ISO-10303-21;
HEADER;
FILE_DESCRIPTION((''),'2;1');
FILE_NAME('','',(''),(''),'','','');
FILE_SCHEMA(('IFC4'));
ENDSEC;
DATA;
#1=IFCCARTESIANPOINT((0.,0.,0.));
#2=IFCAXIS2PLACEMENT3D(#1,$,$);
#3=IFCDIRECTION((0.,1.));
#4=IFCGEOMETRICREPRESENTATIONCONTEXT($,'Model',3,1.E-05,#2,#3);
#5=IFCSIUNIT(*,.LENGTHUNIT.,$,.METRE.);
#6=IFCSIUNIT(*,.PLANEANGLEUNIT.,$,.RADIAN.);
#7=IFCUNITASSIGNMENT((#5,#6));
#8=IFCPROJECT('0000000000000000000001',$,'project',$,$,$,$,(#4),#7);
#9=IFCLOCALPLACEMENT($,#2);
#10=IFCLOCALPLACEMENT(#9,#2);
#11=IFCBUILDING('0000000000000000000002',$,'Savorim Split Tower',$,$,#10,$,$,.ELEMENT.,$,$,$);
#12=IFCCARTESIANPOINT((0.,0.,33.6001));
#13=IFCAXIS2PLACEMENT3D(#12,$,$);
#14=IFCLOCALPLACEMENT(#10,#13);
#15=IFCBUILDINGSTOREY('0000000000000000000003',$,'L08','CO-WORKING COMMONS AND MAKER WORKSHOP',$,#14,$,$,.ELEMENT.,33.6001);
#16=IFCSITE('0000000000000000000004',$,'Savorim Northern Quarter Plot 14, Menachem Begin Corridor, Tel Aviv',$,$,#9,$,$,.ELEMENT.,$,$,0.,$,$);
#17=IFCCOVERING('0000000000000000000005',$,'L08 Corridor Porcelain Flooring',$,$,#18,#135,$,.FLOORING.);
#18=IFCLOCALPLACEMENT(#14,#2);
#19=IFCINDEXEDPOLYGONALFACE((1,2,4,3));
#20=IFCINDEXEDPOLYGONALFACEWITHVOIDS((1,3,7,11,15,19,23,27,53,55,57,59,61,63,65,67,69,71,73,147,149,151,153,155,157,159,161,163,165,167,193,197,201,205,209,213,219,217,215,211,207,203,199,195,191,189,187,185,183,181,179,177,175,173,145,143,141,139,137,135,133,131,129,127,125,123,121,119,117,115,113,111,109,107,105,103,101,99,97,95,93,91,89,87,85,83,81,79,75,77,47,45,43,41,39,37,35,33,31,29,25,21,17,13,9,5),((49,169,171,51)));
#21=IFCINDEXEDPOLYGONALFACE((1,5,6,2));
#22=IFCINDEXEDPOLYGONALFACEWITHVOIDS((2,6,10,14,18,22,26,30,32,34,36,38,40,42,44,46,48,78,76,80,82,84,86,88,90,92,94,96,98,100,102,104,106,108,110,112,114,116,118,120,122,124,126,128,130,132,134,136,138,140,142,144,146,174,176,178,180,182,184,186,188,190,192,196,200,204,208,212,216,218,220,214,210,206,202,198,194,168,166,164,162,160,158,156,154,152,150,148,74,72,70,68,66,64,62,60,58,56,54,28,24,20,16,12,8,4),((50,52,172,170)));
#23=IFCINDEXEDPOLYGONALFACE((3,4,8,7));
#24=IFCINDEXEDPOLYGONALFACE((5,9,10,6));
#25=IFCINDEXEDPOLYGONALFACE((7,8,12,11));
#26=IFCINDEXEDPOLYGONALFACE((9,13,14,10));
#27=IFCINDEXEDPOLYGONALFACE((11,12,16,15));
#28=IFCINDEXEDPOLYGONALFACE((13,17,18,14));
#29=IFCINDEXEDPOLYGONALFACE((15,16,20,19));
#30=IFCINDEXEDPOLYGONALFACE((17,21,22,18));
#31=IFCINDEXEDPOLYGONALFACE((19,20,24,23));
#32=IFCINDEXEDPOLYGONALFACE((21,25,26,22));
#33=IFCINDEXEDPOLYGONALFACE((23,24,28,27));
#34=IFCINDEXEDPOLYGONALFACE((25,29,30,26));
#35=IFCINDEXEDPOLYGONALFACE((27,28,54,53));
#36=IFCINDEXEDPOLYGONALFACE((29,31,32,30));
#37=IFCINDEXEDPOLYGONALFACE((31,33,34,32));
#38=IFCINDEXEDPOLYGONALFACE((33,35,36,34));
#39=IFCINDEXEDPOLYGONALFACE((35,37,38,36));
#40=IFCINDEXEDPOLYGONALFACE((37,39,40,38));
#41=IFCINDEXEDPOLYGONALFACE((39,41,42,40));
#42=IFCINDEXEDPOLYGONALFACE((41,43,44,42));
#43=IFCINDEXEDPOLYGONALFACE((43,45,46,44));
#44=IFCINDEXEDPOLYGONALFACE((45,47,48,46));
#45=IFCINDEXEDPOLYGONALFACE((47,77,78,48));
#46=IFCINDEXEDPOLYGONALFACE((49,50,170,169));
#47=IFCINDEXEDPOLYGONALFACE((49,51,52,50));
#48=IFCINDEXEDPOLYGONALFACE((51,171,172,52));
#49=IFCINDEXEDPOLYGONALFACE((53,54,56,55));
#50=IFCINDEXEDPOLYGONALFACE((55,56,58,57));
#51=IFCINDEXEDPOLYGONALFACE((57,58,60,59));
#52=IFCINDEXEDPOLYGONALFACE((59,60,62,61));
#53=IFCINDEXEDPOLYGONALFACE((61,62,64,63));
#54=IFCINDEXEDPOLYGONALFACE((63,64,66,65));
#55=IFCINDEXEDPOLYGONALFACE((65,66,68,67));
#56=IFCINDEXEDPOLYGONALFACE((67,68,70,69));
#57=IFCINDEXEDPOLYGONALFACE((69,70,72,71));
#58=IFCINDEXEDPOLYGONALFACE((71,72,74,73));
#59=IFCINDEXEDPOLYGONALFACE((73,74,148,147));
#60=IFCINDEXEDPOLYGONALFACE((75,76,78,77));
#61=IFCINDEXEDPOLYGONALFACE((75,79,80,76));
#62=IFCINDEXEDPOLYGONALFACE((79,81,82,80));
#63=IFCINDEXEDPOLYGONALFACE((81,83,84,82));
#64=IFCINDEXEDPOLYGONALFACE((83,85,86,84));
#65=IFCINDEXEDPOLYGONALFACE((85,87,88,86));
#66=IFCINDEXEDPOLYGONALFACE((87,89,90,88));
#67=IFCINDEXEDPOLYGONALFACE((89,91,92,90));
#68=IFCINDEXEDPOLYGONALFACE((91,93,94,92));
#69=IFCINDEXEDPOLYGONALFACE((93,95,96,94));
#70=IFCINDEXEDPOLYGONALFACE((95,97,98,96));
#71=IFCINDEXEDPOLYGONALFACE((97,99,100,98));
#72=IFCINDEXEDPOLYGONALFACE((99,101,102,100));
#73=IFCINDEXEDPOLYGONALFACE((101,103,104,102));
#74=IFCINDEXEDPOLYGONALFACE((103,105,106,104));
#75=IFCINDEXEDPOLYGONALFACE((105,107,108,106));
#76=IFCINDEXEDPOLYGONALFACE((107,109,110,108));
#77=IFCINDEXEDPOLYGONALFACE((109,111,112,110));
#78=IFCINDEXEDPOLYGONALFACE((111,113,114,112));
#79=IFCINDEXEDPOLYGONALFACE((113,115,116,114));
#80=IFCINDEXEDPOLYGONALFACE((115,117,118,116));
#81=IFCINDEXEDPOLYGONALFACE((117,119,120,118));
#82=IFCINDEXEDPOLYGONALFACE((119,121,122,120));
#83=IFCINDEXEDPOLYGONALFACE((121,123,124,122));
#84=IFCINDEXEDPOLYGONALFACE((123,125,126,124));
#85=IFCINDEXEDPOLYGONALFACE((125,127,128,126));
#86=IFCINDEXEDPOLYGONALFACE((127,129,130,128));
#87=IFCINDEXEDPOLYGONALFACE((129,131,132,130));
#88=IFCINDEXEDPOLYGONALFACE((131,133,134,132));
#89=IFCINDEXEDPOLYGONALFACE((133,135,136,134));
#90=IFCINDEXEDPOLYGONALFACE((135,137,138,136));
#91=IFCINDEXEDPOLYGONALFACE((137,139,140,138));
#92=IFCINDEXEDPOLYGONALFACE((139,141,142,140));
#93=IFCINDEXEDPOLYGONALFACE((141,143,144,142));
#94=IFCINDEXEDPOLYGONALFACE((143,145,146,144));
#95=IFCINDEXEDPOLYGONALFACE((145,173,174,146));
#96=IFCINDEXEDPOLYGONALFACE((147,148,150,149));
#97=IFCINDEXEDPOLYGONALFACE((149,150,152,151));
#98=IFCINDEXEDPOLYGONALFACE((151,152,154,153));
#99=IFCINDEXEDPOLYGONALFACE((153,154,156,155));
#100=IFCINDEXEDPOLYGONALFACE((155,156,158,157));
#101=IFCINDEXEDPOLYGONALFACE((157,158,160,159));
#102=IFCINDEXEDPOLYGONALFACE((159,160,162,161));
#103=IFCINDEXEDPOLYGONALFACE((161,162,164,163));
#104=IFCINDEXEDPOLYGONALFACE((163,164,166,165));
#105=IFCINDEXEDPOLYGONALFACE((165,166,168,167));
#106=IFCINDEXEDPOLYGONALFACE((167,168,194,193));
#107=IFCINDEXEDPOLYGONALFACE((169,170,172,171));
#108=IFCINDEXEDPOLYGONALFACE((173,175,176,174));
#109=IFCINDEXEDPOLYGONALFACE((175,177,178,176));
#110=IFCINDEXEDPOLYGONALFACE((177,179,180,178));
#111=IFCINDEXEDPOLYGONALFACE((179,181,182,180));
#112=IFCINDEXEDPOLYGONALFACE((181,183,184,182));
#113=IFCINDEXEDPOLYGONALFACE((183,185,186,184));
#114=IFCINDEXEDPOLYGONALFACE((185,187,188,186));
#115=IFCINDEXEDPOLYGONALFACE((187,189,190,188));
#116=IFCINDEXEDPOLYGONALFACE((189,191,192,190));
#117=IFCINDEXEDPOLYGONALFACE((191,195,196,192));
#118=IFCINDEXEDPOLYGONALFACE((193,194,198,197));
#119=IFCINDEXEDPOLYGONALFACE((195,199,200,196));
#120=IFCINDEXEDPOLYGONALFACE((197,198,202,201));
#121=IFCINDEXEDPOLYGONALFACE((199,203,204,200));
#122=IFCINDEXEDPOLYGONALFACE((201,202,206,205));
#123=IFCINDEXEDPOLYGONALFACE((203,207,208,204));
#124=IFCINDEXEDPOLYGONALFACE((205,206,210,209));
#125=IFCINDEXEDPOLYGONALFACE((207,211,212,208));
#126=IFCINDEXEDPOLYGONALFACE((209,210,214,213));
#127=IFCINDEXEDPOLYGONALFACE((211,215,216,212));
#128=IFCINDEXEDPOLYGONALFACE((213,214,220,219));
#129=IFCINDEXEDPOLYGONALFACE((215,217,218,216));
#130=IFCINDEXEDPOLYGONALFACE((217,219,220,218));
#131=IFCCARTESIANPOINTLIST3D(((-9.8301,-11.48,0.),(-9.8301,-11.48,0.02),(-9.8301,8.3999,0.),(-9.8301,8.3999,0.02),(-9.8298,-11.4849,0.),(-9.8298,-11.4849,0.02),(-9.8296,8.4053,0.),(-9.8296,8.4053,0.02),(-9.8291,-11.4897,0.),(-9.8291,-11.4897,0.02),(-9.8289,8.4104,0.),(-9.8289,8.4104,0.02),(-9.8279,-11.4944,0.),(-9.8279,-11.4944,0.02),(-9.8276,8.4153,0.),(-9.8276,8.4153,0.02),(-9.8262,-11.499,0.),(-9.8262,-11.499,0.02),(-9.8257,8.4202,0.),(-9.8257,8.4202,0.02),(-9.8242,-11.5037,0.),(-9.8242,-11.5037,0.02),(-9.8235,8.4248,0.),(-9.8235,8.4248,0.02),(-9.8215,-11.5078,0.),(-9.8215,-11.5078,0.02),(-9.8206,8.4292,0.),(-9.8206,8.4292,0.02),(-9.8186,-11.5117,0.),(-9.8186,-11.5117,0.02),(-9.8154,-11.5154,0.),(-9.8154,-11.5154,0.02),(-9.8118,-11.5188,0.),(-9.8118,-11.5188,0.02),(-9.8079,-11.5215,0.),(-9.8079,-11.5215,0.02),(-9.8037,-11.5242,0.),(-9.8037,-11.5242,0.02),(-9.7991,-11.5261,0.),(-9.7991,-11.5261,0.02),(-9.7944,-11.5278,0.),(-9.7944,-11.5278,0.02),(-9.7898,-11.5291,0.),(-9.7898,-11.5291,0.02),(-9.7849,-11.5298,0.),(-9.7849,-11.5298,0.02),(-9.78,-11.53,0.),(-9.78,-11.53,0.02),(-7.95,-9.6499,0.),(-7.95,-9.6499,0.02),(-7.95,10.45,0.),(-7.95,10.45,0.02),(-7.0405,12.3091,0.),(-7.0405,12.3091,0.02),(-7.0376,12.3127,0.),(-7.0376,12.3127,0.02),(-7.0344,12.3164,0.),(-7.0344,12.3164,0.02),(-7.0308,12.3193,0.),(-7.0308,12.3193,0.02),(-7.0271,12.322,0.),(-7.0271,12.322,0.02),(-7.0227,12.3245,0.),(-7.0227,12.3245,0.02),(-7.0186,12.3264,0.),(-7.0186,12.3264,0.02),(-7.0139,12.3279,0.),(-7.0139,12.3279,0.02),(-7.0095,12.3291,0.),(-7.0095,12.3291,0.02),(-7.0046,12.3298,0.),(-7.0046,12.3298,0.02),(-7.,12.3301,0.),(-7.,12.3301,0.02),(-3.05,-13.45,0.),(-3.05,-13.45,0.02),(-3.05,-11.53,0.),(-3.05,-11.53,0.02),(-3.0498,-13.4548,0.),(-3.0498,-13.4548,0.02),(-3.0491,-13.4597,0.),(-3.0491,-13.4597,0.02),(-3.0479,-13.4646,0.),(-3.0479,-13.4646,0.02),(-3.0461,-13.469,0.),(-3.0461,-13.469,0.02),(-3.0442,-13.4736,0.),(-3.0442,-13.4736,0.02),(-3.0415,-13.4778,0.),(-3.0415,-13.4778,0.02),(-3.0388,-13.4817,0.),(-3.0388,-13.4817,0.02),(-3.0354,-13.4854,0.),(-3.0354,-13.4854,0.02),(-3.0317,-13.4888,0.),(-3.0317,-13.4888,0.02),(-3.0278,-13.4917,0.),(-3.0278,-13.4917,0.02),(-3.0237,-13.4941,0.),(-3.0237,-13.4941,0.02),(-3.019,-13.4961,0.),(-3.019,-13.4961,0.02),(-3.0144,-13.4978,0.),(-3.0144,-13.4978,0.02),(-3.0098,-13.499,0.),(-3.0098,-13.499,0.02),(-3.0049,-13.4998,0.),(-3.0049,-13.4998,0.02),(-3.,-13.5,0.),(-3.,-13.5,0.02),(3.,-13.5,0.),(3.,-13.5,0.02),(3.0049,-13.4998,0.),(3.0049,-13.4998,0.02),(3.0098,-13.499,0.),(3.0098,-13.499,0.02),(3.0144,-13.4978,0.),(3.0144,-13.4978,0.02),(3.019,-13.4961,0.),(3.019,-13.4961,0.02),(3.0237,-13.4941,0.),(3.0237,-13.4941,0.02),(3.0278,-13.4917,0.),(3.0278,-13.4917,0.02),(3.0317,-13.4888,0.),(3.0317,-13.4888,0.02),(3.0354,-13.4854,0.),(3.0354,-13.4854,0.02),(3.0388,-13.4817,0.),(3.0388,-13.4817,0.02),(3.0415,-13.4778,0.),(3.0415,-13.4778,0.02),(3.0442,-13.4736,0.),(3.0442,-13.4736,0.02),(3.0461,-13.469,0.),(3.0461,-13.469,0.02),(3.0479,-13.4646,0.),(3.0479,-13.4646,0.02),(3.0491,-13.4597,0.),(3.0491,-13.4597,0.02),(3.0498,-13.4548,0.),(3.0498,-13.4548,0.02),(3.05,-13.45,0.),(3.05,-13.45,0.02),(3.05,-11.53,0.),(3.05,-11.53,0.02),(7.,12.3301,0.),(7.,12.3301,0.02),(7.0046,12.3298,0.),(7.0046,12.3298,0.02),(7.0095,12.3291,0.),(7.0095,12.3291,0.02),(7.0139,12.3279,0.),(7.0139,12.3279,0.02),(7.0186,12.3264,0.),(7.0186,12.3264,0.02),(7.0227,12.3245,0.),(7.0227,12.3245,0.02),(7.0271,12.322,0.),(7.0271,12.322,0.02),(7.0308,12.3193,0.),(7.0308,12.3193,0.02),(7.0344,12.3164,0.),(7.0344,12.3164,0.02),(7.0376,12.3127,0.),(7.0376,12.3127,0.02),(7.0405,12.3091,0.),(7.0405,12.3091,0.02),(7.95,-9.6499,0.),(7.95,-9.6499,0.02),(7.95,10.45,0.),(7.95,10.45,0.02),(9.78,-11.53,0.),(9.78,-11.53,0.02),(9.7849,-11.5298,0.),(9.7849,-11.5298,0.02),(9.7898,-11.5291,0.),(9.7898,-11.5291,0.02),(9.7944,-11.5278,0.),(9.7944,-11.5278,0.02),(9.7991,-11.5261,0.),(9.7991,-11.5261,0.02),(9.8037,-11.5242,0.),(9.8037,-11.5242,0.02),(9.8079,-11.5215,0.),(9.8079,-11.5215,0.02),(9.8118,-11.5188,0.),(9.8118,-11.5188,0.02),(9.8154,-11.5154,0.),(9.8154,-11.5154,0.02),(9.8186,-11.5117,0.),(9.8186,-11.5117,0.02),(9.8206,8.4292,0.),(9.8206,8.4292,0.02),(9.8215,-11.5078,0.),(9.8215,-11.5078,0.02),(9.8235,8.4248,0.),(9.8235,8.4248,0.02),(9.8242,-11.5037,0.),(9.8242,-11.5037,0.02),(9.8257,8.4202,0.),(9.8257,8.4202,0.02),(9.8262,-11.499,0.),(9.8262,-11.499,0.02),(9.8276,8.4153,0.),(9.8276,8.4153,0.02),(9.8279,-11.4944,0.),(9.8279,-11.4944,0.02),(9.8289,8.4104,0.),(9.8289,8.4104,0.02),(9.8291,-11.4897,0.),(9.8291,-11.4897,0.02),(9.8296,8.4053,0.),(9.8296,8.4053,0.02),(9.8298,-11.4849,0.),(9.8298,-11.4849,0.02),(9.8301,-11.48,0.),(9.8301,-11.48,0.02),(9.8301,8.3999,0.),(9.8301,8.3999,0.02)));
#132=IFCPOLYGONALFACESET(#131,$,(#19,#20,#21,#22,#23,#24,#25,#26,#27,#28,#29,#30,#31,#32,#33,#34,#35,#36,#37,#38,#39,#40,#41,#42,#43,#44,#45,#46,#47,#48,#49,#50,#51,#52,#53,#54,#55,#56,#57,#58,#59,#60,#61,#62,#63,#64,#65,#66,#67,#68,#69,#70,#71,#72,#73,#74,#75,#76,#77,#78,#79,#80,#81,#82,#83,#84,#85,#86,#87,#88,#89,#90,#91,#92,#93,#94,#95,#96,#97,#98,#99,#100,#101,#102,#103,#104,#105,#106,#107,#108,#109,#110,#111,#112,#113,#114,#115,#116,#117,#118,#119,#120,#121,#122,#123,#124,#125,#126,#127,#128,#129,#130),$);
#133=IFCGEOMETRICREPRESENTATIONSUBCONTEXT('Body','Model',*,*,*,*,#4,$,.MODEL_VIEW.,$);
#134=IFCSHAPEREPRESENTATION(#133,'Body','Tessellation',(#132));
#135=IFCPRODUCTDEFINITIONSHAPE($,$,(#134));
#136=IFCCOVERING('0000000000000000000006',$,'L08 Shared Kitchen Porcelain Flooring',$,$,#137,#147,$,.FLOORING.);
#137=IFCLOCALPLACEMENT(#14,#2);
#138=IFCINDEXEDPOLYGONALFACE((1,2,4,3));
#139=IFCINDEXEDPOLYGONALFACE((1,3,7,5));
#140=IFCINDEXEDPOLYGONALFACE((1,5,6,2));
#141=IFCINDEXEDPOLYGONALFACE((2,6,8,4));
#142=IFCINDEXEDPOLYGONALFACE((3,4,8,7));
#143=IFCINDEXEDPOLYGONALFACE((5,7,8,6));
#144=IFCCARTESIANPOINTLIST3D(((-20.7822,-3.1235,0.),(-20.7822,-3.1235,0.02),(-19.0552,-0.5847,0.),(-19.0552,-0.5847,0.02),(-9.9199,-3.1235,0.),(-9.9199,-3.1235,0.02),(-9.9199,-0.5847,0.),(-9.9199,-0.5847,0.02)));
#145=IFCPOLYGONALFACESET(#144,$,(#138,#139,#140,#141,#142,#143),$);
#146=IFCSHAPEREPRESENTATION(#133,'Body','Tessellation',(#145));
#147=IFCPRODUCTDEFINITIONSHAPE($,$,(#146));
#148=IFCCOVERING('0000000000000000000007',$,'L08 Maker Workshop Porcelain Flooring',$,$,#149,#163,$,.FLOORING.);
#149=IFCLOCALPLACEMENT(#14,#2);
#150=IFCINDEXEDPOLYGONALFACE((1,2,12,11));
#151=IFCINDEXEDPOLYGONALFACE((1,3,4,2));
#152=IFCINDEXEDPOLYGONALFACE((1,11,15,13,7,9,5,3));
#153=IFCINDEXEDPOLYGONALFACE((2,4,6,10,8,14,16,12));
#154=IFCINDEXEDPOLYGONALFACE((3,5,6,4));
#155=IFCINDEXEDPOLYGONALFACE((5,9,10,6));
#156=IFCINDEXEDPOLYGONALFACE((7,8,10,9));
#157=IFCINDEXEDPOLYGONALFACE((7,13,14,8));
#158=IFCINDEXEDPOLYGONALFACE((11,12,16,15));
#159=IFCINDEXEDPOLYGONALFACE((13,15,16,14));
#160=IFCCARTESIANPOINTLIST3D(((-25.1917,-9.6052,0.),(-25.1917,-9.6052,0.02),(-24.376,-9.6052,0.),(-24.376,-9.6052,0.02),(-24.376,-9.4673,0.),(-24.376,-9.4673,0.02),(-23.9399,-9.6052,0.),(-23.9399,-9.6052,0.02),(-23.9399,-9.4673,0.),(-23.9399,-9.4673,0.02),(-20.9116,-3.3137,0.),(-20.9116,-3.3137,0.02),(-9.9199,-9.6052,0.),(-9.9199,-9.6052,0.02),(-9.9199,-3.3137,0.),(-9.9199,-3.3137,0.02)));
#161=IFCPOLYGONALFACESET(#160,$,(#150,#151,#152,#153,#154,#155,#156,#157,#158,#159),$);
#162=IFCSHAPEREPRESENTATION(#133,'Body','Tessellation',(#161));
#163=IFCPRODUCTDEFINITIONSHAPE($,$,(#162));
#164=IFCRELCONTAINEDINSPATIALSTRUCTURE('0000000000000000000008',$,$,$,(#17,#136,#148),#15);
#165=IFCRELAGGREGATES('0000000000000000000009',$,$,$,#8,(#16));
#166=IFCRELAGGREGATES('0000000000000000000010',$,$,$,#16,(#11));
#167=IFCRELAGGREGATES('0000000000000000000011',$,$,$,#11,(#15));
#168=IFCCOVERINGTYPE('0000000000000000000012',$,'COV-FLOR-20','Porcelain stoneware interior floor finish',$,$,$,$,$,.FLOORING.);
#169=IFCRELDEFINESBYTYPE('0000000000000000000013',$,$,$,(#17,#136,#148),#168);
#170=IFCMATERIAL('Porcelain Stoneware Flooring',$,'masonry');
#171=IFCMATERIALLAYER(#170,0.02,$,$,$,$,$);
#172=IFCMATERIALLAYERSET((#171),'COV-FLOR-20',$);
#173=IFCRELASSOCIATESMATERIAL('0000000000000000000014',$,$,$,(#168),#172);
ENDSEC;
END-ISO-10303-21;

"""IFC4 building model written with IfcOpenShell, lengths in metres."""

from ifc_helpers import new_model, si_unit, direction, frame, origin, place, context, subcontext, project, spatial, polyline, outline, extrude, material, layer, layer_set, type_object, element, save


model = new_model("IFC4")

# Units and contexts
model_context = context("Model", 3, precision=1e-05, world=origin(), true_north=direction((0.0, 1.0)))
body_context = subcontext(model_context, "Body", "Model", "MODEL_VIEW")
ifc_project = project(units=[si_unit("LENGTHUNIT", "METRE"), si_unit("PLANEANGLEUNIT", "RADIAN")], contexts=[model_context])

# Site, building, storey
site_placement = place(None, origin())
site = spatial("IfcSite", under=ifc_project, at=site_placement, Name="Savorim Northern Quarter Plot 14, Menachem Begin Corridor, Tel Aviv", CompositionType="ELEMENT", RefElevation=0.0)
building_placement = place(site_placement, origin())
building = spatial("IfcBuilding", under=site, at=building_placement, Name="Savorim Split Tower", CompositionType="ELEMENT")
storey_placement = place(building_placement, frame((0.0, 0.0, 33.6001)))
storey = spatial("IfcBuildingStorey", under=building, at=storey_placement, Name="L08", Description="CO-WORKING COMMONS AND MAKER WORKSHOP", CompositionType="ELEMENT", Elevation=33.6001)

# Coverings
ifc_material_1 = material(Name="Porcelain Stoneware Flooring", Category="masonry")
ifc_layer_1 = layer(ifc_material_1, 0.02)
ifc_layer_set_1 = layer_set([ifc_layer_1], Name="COV-FLOR-20")
covering_type_1 = type_object("IfcCoveringType", Name="COV-FLOR-20", Description="Porcelain stoneware interior floor finish", PredefinedType="FLOORING", material=ifc_layer_set_1)
covering_1_placement = place(storey_placement, origin())
element("IfcCovering", 1, at=covering_1_placement, inside=storey, type_object=covering_type_1, Name="L08 Corridor Porcelain Flooring", PredefinedType="FLOORING", context=body_context, shape_type="SweptSolid", body=[
    extrude(outline(polyline([(7.0095, 12.3291), (7.0046, 12.3298), (7.0, 12.3301), (-7.0, 12.3301), (-7.0046, 12.3298), (-7.0095, 12.3291), (-7.0139, 12.3279), (-7.0186, 12.3264), (-7.0227, 12.3245), (-7.0271, 12.322), (-7.0308, 12.3193), (-7.0344, 12.3164), (-7.0376, 12.3127), (-7.0405, 12.3091), (-9.8206, 8.4292), (-9.8235, 8.4248), (-9.8257, 8.4202), (-9.8276, 8.4153), (-9.8289, 8.4104), (-9.8296, 8.4053), (-9.8301, 8.3999), (-9.8301, -11.48), (-9.8298, -11.4849), (-9.8291, -11.4897), (-9.8279, -11.4944), (-9.8262, -11.499), (-9.8242, -11.5037), (-9.8215, -11.5078), (-9.8186, -11.5117), (-9.8154, -11.5154), (-9.8118, -11.5188), (-9.8079, -11.5215), (-9.8037, -11.5242), (-9.7991, -11.5261), (-9.7944, -11.5278), (-9.7898, -11.5291), (-9.7849, -11.5298), (-9.78, -11.53), (-3.05, -11.53), (-3.05, -13.45), (-3.0498, -13.4548), (-3.0491, -13.4597), (-3.0479, -13.4646), (-3.0461, -13.469), (-3.0442, -13.4736), (-3.0415, -13.4778), (-3.0388, -13.4817), (-3.0354, -13.4854), (-3.0317, -13.4888), (-3.0278, -13.4917), (-3.0237, -13.4941), (-3.019, -13.4961), (-3.0144, -13.4978), (-3.0098, -13.499), (-3.0049, -13.4998), (-3.0, -13.5), (3.0, -13.5), (3.0049, -13.4998), (3.0098, -13.499), (3.0144, -13.4978), (3.019, -13.4961), (3.0237, -13.4941), (3.0278, -13.4917), (3.0317, -13.4888), (3.0354, -13.4854), (3.0388, -13.4817), (3.0415, -13.4778), (3.0442, -13.4736), (3.0461, -13.469), (3.0479, -13.4646), (3.0491, -13.4597), (3.0498, -13.4548), (3.05, -13.45), (3.05, -11.53), (9.78, -11.53), (9.7849, -11.5298), (9.7898, -11.5291), (9.7944, -11.5278), (9.7991, -11.5261), (9.8037, -11.5242), (9.8079, -11.5215), (9.8118, -11.5188), (9.8154, -11.5154), (9.8186, -11.5117), (9.8215, -11.5078), (9.8242, -11.5037), (9.8262, -11.499), (9.8279, -11.4944), (9.8291, -11.4897), (9.8298, -11.4849), (9.8301, -11.48), (9.8301, 8.3999), (9.8296, 8.4053), (9.8289, 8.4104), (9.8276, 8.4153), (9.8257, 8.4202), (9.8235, 8.4248), (9.8206, 8.4292), (7.0405, 12.3091), (7.0376, 12.3127), (7.0344, 12.3164), (7.0308, 12.3193), (7.0271, 12.322), (7.0227, 12.3245), (7.0186, 12.3264), (7.0139, 12.3279), (7.0095, 12.3291)]), holes=[polyline([(-7.95, 10.45), (-7.95, -9.6499), (7.95, -9.6499), (7.95, 10.45), (-7.95, 10.45)])]), origin(), (0.0, 0.0, 1.0), 0.02),
])
covering_2_placement = place(storey_placement, origin())
element("IfcCovering", 2, at=covering_2_placement, inside=storey, type_object=covering_type_1, Name="L08 Shared Kitchen Porcelain Flooring", PredefinedType="FLOORING", context=body_context, shape_type="SweptSolid", body=[
    extrude(outline(polyline([(-19.0552, -0.5847), (-20.7822, -3.1235), (-9.9199, -3.1235), (-9.9199, -0.5847), (-19.0552, -0.5847)])), origin(), (0.0, 0.0, 1.0), 0.02),
])
covering_3_placement = place(storey_placement, origin())
element("IfcCovering", 3, at=covering_3_placement, inside=storey, type_object=covering_type_1, Name="L08 Maker Workshop Porcelain Flooring", PredefinedType="FLOORING", context=body_context, shape_type="SweptSolid", body=[
    extrude(outline(polyline([(-23.9399, -9.4673), (-23.9399, -9.6052), (-9.9199, -9.6052), (-9.9199, -3.3137), (-20.9116, -3.3137), (-25.1917, -9.6052), (-24.376, -9.6052), (-24.376, -9.4673), (-23.9399, -9.4673)])), origin(), (0.0, 0.0, 1.0), 0.02),
])

save(model, "model.ifc")
